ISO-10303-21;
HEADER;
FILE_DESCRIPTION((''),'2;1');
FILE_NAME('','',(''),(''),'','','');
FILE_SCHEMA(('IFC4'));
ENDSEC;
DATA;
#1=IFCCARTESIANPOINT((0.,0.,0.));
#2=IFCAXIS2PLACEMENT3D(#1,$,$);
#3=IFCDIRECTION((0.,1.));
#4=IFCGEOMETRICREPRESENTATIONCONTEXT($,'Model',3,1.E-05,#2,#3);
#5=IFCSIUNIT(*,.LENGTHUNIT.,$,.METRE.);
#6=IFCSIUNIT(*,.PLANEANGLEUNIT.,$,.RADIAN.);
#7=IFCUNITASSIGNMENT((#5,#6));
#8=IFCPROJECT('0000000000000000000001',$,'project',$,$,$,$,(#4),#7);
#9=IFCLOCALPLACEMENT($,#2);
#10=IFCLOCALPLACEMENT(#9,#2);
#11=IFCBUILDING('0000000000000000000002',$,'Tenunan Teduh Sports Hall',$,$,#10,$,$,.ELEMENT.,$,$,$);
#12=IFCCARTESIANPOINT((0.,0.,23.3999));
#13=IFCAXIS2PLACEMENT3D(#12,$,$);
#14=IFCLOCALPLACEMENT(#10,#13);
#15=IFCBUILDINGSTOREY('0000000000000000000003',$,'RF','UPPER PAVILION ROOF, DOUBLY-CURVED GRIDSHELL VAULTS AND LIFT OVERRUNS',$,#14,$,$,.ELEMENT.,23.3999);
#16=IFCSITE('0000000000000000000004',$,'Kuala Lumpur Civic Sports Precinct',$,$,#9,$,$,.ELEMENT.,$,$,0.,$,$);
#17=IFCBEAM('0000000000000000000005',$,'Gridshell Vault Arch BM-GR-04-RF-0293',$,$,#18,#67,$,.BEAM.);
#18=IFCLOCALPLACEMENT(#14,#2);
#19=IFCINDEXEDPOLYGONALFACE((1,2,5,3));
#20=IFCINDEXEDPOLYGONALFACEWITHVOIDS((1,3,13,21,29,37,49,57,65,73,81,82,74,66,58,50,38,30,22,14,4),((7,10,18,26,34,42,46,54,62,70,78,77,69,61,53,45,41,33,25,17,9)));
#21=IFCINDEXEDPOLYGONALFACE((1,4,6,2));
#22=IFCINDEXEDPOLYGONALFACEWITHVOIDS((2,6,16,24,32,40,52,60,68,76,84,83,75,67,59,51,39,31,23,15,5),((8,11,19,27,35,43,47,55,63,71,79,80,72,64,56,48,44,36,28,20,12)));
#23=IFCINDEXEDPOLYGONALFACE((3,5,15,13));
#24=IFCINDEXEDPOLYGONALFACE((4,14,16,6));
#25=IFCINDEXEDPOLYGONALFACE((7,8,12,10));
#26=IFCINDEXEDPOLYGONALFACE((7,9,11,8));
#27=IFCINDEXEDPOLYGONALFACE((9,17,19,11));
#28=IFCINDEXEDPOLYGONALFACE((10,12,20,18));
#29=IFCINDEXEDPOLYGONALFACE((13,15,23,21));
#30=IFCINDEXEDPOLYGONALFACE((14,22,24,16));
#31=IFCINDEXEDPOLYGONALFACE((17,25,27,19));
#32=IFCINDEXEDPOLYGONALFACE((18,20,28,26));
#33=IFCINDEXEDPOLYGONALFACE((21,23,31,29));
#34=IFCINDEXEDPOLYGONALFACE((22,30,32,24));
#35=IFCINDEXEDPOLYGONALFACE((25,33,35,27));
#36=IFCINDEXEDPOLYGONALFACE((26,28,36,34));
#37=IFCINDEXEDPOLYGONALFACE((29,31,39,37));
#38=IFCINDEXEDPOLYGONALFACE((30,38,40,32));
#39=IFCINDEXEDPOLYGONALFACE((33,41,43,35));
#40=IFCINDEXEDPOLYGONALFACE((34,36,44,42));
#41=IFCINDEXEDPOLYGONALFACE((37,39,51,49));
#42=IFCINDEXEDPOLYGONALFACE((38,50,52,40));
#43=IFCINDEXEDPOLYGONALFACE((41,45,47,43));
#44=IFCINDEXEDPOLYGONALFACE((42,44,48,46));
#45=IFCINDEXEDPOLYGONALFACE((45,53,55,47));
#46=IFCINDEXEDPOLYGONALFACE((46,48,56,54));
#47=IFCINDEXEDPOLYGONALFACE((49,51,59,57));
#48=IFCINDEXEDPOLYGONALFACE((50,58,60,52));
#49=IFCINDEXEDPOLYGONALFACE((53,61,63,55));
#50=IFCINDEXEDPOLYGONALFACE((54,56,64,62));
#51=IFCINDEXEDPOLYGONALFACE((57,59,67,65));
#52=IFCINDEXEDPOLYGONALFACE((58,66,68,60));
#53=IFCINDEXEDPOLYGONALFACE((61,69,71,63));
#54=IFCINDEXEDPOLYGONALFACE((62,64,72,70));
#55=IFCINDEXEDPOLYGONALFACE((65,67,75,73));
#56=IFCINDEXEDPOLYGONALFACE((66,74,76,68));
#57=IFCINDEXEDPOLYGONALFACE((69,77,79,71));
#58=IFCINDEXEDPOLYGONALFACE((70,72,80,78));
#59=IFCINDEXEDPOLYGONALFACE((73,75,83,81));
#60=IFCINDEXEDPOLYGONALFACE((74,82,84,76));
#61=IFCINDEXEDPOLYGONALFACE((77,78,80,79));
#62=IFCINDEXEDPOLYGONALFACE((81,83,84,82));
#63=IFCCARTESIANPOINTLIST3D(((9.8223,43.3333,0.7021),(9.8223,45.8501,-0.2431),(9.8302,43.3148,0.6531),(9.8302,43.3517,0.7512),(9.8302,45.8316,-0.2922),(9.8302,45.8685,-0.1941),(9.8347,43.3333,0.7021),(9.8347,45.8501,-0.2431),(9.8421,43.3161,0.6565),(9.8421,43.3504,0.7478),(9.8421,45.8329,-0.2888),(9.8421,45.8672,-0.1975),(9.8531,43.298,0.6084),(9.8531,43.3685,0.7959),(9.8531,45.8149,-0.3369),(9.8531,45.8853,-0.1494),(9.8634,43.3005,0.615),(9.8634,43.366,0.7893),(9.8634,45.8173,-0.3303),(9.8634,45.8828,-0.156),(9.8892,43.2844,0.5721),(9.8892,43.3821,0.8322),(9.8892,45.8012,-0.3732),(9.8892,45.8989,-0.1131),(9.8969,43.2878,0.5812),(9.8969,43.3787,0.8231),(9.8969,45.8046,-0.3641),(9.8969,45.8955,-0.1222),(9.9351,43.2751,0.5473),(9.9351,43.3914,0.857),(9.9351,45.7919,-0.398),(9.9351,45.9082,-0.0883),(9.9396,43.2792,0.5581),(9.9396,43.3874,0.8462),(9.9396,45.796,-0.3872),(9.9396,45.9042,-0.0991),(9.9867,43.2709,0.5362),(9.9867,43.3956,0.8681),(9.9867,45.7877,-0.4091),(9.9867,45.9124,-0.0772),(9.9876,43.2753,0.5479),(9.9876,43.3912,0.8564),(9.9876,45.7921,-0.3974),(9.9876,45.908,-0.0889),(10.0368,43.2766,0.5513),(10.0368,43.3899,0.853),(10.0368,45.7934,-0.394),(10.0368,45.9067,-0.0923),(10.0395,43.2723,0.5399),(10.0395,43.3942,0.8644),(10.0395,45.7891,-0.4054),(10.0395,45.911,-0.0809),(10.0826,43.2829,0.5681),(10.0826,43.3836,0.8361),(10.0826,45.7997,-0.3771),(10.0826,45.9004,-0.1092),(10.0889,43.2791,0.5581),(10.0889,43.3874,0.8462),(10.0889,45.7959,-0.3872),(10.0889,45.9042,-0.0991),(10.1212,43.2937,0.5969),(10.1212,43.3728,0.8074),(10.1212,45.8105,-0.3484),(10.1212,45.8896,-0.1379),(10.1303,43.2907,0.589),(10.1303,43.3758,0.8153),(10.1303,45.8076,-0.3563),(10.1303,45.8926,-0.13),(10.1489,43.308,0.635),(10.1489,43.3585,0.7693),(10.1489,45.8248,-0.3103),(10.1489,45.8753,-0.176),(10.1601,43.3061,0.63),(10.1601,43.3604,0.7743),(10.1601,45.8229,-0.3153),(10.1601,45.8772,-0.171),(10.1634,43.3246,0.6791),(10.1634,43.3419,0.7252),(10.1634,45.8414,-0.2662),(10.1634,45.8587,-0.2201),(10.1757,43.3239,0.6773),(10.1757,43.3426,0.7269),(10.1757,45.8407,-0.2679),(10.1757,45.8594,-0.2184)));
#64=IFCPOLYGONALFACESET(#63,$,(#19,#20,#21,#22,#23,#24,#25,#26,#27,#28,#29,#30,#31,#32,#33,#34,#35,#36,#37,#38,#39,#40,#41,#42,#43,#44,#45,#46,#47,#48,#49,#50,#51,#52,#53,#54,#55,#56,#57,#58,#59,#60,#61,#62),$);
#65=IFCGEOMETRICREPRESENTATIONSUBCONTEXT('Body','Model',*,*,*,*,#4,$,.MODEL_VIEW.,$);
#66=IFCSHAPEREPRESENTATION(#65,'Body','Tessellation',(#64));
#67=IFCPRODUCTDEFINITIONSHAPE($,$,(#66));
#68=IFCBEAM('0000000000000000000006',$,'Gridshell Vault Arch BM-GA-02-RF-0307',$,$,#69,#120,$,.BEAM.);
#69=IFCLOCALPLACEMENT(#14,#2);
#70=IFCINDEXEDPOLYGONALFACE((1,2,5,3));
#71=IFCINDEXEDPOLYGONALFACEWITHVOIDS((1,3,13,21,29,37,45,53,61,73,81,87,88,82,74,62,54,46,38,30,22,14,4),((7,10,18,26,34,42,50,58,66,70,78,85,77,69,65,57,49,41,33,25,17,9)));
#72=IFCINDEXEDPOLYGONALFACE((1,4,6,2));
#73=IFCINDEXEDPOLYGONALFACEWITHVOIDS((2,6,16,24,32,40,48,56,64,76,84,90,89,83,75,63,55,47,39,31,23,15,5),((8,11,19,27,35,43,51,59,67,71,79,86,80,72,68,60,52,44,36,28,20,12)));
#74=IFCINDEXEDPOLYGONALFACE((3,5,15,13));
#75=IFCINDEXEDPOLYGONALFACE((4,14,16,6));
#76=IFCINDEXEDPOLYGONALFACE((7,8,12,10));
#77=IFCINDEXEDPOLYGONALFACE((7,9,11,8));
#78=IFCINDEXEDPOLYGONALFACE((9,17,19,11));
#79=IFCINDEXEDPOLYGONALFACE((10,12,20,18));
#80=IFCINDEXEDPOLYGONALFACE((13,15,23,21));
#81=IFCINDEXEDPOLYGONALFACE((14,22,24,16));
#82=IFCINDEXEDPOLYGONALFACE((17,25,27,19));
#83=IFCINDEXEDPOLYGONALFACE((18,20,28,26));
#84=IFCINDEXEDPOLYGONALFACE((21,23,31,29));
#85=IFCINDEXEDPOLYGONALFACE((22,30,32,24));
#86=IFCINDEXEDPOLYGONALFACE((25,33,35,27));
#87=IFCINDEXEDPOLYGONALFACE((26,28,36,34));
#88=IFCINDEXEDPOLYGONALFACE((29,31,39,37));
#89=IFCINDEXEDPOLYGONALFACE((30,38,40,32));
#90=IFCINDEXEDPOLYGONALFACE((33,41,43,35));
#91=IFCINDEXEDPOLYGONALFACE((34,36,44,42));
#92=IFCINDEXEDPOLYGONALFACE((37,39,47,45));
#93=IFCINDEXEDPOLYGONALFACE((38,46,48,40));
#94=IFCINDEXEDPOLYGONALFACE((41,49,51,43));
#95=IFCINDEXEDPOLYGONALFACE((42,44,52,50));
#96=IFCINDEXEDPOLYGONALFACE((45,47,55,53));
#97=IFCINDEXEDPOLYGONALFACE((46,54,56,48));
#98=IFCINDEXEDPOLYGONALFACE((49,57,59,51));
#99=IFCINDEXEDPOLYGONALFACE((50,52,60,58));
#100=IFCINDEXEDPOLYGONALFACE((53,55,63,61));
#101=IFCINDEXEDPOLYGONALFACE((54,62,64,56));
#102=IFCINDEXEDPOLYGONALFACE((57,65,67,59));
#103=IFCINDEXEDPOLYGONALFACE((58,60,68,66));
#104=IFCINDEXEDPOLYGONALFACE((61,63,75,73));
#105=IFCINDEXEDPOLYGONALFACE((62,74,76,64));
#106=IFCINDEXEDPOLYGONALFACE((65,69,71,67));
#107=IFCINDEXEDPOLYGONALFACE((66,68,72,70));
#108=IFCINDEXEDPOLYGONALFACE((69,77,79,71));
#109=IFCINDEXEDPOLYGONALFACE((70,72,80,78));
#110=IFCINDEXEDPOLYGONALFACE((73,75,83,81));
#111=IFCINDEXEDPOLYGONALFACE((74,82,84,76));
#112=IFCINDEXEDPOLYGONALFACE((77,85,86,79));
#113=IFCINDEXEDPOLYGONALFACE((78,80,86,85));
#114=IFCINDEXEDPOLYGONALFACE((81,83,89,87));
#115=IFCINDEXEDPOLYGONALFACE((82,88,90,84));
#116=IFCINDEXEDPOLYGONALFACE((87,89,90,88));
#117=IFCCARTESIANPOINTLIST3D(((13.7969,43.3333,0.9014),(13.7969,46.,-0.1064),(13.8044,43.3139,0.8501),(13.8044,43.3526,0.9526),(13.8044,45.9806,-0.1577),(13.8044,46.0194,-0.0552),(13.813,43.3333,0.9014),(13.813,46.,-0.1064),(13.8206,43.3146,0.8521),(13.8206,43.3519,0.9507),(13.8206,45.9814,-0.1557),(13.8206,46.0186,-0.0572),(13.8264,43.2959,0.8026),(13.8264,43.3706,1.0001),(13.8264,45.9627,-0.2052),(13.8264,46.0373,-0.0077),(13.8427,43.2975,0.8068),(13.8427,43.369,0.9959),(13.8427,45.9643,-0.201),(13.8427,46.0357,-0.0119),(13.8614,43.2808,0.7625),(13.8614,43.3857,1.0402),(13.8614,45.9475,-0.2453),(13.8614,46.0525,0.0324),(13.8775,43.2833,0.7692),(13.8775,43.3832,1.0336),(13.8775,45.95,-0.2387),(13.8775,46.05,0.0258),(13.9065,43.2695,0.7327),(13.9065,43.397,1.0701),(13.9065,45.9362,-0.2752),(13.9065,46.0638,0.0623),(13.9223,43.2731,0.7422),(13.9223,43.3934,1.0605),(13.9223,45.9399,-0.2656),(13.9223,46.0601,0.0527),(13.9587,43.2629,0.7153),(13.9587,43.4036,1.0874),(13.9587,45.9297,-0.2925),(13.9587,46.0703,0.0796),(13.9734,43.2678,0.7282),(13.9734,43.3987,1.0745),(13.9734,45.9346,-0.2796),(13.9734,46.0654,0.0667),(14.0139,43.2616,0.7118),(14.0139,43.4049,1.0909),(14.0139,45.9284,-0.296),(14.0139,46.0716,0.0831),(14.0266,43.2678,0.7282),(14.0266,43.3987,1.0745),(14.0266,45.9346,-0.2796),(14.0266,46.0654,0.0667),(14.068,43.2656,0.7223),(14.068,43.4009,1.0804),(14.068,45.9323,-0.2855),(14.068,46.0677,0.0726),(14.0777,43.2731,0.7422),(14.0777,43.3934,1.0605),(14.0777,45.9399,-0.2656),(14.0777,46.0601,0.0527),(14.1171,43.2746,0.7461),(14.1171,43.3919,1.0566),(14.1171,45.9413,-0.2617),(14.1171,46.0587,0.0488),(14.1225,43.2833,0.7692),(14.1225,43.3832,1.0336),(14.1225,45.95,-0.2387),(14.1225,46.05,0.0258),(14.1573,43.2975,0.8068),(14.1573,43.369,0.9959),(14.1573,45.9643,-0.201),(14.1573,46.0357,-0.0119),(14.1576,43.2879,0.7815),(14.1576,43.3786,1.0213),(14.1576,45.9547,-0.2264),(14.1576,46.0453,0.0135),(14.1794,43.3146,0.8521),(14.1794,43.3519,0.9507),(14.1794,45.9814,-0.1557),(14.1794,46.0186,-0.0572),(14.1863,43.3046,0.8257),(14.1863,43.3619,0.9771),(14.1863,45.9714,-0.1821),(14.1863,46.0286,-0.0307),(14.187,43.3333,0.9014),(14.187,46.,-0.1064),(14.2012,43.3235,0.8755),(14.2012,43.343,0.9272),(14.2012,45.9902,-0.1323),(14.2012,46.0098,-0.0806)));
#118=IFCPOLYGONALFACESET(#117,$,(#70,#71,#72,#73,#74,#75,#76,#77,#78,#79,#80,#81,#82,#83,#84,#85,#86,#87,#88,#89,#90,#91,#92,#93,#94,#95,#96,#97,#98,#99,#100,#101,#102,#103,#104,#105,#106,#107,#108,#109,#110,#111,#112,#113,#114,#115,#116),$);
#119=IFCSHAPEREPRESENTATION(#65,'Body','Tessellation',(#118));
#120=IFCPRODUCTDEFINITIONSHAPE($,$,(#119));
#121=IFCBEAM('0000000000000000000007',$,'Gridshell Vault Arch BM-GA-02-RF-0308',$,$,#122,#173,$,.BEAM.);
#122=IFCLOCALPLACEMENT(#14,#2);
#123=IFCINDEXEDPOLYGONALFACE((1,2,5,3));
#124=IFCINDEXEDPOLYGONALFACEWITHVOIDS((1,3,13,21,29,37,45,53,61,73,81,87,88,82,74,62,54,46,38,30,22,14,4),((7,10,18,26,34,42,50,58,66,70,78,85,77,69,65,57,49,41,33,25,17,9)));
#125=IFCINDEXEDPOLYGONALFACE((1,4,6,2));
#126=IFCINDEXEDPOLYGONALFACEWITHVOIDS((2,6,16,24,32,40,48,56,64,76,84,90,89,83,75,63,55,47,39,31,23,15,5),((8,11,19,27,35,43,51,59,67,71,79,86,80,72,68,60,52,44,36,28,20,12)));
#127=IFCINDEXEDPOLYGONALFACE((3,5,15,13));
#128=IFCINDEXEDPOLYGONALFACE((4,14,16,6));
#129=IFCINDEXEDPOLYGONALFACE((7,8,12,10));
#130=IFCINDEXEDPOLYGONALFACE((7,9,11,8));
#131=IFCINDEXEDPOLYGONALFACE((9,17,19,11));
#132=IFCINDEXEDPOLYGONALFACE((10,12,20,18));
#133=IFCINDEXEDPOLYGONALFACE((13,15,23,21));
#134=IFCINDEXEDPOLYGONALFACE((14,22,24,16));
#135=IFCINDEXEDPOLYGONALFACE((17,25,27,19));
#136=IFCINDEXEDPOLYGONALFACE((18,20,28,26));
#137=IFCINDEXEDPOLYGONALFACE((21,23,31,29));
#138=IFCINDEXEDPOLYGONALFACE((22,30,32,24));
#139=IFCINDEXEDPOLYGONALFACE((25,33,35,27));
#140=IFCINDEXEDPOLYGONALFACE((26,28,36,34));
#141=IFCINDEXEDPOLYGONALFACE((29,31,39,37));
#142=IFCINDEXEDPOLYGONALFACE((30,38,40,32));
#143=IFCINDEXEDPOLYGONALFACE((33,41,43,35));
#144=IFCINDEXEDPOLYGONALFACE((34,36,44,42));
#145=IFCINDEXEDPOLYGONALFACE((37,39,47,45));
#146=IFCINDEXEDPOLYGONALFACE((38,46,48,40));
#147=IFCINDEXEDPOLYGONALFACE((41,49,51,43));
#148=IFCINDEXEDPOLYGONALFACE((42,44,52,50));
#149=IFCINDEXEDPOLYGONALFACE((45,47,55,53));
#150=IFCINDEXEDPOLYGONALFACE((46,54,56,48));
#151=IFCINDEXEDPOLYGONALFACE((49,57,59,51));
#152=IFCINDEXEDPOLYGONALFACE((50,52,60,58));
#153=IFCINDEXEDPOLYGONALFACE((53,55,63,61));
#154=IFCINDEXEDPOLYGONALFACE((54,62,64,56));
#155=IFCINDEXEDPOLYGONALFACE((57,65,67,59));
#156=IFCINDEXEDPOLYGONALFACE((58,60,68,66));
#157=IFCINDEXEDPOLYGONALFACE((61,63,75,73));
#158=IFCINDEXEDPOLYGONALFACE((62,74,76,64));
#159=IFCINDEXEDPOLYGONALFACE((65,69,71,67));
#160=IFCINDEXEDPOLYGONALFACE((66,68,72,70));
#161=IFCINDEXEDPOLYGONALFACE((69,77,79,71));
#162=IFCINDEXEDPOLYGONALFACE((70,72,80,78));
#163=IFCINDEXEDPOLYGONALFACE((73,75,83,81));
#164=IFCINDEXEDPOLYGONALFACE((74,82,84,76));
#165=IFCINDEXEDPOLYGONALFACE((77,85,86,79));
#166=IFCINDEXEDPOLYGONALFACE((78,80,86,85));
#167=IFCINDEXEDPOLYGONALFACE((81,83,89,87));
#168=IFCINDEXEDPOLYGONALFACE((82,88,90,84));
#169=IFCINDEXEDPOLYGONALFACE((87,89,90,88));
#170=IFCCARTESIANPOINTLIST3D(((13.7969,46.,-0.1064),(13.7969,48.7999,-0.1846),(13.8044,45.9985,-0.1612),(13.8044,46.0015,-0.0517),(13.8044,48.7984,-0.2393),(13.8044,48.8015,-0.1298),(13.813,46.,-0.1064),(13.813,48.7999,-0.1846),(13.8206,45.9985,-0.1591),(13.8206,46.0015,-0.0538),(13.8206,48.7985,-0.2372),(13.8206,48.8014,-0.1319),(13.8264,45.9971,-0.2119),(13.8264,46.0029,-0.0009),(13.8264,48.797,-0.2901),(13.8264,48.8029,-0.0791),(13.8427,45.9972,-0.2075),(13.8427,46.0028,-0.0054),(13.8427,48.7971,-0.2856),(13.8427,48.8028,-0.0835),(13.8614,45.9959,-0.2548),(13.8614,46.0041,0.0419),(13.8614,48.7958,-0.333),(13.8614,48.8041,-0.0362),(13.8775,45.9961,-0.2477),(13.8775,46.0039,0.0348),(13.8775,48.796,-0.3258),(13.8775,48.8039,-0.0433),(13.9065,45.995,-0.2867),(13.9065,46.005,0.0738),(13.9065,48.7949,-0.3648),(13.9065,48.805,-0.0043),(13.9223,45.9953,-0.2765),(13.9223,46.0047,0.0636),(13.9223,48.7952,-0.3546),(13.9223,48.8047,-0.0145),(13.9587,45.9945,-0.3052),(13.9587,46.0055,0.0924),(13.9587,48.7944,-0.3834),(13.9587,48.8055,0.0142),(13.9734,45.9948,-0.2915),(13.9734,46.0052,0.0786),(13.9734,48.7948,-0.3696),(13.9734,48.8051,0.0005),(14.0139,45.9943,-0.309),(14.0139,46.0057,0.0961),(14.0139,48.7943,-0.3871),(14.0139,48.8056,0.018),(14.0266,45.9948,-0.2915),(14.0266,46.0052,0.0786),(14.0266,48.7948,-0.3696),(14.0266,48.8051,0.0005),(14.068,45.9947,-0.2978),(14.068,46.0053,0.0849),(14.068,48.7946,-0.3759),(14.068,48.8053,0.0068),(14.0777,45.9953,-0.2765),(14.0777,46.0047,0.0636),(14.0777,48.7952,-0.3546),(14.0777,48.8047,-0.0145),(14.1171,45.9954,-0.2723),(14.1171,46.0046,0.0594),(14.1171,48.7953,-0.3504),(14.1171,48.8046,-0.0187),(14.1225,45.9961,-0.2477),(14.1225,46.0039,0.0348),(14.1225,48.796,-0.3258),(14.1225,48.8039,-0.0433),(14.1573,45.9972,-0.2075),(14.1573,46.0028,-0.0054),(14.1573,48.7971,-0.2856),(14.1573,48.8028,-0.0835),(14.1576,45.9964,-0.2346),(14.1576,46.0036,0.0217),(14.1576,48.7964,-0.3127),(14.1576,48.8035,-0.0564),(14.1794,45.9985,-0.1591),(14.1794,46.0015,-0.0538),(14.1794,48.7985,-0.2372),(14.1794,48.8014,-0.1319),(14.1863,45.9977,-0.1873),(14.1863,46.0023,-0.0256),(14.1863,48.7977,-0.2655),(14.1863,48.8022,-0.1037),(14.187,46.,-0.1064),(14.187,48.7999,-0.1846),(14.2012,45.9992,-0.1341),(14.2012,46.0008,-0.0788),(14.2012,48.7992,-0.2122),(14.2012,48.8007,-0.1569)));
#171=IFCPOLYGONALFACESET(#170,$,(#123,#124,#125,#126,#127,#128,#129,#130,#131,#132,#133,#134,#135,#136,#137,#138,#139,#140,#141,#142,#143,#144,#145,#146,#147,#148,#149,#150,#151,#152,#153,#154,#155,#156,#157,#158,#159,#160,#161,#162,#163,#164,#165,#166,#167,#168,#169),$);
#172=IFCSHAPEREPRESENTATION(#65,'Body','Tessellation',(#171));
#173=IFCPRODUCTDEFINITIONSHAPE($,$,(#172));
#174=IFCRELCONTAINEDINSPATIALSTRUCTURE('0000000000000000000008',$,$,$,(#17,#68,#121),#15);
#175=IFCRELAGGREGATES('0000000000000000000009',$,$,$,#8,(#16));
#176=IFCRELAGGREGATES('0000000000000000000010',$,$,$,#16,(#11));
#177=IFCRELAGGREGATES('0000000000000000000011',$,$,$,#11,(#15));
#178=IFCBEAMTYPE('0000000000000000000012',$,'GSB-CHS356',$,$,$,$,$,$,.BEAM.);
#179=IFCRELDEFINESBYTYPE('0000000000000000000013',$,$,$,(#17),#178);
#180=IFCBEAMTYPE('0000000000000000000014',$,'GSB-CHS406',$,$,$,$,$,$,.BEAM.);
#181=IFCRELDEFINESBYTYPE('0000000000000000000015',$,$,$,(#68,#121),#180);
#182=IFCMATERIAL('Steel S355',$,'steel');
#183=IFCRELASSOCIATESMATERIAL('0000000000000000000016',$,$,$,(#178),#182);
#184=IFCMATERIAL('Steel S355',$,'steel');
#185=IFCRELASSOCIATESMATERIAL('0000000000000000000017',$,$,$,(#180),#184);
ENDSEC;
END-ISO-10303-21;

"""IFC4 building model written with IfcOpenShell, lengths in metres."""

from ifc_helpers import new_model, si_unit, direction, frame, origin, origin_2d, place, context, subcontext, project, spatial, hollow_circle, extrude, material, material_profile, profile_set, type_object, element, save


model = new_model("IFC4")

# Units and contexts
model_context = context("Model", 3, precision=1e-05, world=origin(), true_north=direction((0.0, 1.0)))
body_context = subcontext(model_context, "Body", "Model", "MODEL_VIEW")
ifc_project = project(units=[si_unit("LENGTHUNIT", "METRE"), si_unit("PLANEANGLEUNIT", "RADIAN")], contexts=[model_context])

# Site, building, storey
site_placement = place(None, origin())
site = spatial("IfcSite", under=ifc_project, at=site_placement, Name="Kuala Lumpur Civic Sports Precinct", CompositionType="ELEMENT", RefElevation=0.0)
building_placement = place(site_placement, origin())
building = spatial("IfcBuilding", under=site, at=building_placement, Name="Tenunan Teduh Sports Hall", CompositionType="ELEMENT")
storey_placement = place(building_placement, frame((0.0, 0.0, 23.3999)))
storey = spatial("IfcBuildingStorey", under=building, at=storey_placement, Name="RF", Description="UPPER PAVILION ROOF, DOUBLY-CURVED GRIDSHELL VAULTS AND LIFT OVERRUNS", CompositionType="ELEMENT", Elevation=23.3999)

# Beams
ifc_material_1 = material(Name="Steel S355", Category="steel")
ifc_material_profile_1 = material_profile(ifc_material_1, hollow_circle(Radius=0.1777, WallThickness=0.0125, at=origin_2d()), Name="CHS 355.6x12.5")
ifc_profile_set_1 = profile_set([ifc_material_profile_1], Name="Steel S355")
beam_type_1 = type_object("IfcBeamType", Name="GSB-CHS356", PredefinedType="BEAM", material=ifc_profile_set_1)
beam_1_placement = place(storey_placement, frame((10.0, 43.3333, 0.7021), z_axis=(0.0, 0.936146, -0.351611), x_axis=(-1.0, 0.0, 0.0)))
element("IfcBeam", 1, at=beam_1_placement, inside=storey, type_object=beam_type_1, Name="Gridshell Vault Arch BM-GR-04-RF-0293", PredefinedType="BEAM", context=body_context, shape_type="SweptSolid", body=[
    extrude(hollow_circle(Radius=0.1777, WallThickness=0.0125, at=origin_2d()), origin(), (0.0, 0.0, 1.0), 2.6885),
])
ifc_material_2 = material(Name="Steel S355", Category="steel")
ifc_material_profile_2 = material_profile(ifc_material_2, hollow_circle(Radius=0.2031, WallThickness=0.0161, at=origin_2d()), Name="CHS 406.4x16.0")
ifc_profile_set_2 = profile_set([ifc_material_profile_2], Name="Steel S355")
beam_type_2 = type_object("IfcBeamType", Name="GSB-CHS406", PredefinedType="BEAM", material=ifc_profile_set_2)
beam_2_placement = place(storey_placement, frame((14.0, 43.3333, 0.9014), z_axis=(0.0, 0.935429, -0.353515), x_axis=(-1.0, 0.0, 0.0)))
element("IfcBeam", 2, at=beam_2_placement, inside=storey, type_object=beam_type_2, Name="Gridshell Vault Arch BM-GA-02-RF-0307", PredefinedType="BEAM", context=body_context, shape_type="SweptSolid", body=[
    extrude(hollow_circle(Radius=0.2031, WallThickness=0.0161, at=origin_2d()), origin(), (0.0, 0.0, 1.0), 2.8508),
])
beam_3_placement = place(storey_placement, frame((14.0, 46.0, -0.1064), z_axis=(0.0, 0.999611, -0.02789), x_axis=(-1.0, 0.0, 0.0)))
element("IfcBeam", 3, at=beam_3_placement, inside=storey, type_object=beam_type_2, Name="Gridshell Vault Arch BM-GA-02-RF-0308", PredefinedType="BEAM", context=body_context, shape_type="SweptSolid", body=[
    extrude(hollow_circle(Radius=0.2031, WallThickness=0.0161, at=origin_2d()), origin(), (0.0, 0.0, 1.0), 2.801),
])

save(model, "model.ifc")
